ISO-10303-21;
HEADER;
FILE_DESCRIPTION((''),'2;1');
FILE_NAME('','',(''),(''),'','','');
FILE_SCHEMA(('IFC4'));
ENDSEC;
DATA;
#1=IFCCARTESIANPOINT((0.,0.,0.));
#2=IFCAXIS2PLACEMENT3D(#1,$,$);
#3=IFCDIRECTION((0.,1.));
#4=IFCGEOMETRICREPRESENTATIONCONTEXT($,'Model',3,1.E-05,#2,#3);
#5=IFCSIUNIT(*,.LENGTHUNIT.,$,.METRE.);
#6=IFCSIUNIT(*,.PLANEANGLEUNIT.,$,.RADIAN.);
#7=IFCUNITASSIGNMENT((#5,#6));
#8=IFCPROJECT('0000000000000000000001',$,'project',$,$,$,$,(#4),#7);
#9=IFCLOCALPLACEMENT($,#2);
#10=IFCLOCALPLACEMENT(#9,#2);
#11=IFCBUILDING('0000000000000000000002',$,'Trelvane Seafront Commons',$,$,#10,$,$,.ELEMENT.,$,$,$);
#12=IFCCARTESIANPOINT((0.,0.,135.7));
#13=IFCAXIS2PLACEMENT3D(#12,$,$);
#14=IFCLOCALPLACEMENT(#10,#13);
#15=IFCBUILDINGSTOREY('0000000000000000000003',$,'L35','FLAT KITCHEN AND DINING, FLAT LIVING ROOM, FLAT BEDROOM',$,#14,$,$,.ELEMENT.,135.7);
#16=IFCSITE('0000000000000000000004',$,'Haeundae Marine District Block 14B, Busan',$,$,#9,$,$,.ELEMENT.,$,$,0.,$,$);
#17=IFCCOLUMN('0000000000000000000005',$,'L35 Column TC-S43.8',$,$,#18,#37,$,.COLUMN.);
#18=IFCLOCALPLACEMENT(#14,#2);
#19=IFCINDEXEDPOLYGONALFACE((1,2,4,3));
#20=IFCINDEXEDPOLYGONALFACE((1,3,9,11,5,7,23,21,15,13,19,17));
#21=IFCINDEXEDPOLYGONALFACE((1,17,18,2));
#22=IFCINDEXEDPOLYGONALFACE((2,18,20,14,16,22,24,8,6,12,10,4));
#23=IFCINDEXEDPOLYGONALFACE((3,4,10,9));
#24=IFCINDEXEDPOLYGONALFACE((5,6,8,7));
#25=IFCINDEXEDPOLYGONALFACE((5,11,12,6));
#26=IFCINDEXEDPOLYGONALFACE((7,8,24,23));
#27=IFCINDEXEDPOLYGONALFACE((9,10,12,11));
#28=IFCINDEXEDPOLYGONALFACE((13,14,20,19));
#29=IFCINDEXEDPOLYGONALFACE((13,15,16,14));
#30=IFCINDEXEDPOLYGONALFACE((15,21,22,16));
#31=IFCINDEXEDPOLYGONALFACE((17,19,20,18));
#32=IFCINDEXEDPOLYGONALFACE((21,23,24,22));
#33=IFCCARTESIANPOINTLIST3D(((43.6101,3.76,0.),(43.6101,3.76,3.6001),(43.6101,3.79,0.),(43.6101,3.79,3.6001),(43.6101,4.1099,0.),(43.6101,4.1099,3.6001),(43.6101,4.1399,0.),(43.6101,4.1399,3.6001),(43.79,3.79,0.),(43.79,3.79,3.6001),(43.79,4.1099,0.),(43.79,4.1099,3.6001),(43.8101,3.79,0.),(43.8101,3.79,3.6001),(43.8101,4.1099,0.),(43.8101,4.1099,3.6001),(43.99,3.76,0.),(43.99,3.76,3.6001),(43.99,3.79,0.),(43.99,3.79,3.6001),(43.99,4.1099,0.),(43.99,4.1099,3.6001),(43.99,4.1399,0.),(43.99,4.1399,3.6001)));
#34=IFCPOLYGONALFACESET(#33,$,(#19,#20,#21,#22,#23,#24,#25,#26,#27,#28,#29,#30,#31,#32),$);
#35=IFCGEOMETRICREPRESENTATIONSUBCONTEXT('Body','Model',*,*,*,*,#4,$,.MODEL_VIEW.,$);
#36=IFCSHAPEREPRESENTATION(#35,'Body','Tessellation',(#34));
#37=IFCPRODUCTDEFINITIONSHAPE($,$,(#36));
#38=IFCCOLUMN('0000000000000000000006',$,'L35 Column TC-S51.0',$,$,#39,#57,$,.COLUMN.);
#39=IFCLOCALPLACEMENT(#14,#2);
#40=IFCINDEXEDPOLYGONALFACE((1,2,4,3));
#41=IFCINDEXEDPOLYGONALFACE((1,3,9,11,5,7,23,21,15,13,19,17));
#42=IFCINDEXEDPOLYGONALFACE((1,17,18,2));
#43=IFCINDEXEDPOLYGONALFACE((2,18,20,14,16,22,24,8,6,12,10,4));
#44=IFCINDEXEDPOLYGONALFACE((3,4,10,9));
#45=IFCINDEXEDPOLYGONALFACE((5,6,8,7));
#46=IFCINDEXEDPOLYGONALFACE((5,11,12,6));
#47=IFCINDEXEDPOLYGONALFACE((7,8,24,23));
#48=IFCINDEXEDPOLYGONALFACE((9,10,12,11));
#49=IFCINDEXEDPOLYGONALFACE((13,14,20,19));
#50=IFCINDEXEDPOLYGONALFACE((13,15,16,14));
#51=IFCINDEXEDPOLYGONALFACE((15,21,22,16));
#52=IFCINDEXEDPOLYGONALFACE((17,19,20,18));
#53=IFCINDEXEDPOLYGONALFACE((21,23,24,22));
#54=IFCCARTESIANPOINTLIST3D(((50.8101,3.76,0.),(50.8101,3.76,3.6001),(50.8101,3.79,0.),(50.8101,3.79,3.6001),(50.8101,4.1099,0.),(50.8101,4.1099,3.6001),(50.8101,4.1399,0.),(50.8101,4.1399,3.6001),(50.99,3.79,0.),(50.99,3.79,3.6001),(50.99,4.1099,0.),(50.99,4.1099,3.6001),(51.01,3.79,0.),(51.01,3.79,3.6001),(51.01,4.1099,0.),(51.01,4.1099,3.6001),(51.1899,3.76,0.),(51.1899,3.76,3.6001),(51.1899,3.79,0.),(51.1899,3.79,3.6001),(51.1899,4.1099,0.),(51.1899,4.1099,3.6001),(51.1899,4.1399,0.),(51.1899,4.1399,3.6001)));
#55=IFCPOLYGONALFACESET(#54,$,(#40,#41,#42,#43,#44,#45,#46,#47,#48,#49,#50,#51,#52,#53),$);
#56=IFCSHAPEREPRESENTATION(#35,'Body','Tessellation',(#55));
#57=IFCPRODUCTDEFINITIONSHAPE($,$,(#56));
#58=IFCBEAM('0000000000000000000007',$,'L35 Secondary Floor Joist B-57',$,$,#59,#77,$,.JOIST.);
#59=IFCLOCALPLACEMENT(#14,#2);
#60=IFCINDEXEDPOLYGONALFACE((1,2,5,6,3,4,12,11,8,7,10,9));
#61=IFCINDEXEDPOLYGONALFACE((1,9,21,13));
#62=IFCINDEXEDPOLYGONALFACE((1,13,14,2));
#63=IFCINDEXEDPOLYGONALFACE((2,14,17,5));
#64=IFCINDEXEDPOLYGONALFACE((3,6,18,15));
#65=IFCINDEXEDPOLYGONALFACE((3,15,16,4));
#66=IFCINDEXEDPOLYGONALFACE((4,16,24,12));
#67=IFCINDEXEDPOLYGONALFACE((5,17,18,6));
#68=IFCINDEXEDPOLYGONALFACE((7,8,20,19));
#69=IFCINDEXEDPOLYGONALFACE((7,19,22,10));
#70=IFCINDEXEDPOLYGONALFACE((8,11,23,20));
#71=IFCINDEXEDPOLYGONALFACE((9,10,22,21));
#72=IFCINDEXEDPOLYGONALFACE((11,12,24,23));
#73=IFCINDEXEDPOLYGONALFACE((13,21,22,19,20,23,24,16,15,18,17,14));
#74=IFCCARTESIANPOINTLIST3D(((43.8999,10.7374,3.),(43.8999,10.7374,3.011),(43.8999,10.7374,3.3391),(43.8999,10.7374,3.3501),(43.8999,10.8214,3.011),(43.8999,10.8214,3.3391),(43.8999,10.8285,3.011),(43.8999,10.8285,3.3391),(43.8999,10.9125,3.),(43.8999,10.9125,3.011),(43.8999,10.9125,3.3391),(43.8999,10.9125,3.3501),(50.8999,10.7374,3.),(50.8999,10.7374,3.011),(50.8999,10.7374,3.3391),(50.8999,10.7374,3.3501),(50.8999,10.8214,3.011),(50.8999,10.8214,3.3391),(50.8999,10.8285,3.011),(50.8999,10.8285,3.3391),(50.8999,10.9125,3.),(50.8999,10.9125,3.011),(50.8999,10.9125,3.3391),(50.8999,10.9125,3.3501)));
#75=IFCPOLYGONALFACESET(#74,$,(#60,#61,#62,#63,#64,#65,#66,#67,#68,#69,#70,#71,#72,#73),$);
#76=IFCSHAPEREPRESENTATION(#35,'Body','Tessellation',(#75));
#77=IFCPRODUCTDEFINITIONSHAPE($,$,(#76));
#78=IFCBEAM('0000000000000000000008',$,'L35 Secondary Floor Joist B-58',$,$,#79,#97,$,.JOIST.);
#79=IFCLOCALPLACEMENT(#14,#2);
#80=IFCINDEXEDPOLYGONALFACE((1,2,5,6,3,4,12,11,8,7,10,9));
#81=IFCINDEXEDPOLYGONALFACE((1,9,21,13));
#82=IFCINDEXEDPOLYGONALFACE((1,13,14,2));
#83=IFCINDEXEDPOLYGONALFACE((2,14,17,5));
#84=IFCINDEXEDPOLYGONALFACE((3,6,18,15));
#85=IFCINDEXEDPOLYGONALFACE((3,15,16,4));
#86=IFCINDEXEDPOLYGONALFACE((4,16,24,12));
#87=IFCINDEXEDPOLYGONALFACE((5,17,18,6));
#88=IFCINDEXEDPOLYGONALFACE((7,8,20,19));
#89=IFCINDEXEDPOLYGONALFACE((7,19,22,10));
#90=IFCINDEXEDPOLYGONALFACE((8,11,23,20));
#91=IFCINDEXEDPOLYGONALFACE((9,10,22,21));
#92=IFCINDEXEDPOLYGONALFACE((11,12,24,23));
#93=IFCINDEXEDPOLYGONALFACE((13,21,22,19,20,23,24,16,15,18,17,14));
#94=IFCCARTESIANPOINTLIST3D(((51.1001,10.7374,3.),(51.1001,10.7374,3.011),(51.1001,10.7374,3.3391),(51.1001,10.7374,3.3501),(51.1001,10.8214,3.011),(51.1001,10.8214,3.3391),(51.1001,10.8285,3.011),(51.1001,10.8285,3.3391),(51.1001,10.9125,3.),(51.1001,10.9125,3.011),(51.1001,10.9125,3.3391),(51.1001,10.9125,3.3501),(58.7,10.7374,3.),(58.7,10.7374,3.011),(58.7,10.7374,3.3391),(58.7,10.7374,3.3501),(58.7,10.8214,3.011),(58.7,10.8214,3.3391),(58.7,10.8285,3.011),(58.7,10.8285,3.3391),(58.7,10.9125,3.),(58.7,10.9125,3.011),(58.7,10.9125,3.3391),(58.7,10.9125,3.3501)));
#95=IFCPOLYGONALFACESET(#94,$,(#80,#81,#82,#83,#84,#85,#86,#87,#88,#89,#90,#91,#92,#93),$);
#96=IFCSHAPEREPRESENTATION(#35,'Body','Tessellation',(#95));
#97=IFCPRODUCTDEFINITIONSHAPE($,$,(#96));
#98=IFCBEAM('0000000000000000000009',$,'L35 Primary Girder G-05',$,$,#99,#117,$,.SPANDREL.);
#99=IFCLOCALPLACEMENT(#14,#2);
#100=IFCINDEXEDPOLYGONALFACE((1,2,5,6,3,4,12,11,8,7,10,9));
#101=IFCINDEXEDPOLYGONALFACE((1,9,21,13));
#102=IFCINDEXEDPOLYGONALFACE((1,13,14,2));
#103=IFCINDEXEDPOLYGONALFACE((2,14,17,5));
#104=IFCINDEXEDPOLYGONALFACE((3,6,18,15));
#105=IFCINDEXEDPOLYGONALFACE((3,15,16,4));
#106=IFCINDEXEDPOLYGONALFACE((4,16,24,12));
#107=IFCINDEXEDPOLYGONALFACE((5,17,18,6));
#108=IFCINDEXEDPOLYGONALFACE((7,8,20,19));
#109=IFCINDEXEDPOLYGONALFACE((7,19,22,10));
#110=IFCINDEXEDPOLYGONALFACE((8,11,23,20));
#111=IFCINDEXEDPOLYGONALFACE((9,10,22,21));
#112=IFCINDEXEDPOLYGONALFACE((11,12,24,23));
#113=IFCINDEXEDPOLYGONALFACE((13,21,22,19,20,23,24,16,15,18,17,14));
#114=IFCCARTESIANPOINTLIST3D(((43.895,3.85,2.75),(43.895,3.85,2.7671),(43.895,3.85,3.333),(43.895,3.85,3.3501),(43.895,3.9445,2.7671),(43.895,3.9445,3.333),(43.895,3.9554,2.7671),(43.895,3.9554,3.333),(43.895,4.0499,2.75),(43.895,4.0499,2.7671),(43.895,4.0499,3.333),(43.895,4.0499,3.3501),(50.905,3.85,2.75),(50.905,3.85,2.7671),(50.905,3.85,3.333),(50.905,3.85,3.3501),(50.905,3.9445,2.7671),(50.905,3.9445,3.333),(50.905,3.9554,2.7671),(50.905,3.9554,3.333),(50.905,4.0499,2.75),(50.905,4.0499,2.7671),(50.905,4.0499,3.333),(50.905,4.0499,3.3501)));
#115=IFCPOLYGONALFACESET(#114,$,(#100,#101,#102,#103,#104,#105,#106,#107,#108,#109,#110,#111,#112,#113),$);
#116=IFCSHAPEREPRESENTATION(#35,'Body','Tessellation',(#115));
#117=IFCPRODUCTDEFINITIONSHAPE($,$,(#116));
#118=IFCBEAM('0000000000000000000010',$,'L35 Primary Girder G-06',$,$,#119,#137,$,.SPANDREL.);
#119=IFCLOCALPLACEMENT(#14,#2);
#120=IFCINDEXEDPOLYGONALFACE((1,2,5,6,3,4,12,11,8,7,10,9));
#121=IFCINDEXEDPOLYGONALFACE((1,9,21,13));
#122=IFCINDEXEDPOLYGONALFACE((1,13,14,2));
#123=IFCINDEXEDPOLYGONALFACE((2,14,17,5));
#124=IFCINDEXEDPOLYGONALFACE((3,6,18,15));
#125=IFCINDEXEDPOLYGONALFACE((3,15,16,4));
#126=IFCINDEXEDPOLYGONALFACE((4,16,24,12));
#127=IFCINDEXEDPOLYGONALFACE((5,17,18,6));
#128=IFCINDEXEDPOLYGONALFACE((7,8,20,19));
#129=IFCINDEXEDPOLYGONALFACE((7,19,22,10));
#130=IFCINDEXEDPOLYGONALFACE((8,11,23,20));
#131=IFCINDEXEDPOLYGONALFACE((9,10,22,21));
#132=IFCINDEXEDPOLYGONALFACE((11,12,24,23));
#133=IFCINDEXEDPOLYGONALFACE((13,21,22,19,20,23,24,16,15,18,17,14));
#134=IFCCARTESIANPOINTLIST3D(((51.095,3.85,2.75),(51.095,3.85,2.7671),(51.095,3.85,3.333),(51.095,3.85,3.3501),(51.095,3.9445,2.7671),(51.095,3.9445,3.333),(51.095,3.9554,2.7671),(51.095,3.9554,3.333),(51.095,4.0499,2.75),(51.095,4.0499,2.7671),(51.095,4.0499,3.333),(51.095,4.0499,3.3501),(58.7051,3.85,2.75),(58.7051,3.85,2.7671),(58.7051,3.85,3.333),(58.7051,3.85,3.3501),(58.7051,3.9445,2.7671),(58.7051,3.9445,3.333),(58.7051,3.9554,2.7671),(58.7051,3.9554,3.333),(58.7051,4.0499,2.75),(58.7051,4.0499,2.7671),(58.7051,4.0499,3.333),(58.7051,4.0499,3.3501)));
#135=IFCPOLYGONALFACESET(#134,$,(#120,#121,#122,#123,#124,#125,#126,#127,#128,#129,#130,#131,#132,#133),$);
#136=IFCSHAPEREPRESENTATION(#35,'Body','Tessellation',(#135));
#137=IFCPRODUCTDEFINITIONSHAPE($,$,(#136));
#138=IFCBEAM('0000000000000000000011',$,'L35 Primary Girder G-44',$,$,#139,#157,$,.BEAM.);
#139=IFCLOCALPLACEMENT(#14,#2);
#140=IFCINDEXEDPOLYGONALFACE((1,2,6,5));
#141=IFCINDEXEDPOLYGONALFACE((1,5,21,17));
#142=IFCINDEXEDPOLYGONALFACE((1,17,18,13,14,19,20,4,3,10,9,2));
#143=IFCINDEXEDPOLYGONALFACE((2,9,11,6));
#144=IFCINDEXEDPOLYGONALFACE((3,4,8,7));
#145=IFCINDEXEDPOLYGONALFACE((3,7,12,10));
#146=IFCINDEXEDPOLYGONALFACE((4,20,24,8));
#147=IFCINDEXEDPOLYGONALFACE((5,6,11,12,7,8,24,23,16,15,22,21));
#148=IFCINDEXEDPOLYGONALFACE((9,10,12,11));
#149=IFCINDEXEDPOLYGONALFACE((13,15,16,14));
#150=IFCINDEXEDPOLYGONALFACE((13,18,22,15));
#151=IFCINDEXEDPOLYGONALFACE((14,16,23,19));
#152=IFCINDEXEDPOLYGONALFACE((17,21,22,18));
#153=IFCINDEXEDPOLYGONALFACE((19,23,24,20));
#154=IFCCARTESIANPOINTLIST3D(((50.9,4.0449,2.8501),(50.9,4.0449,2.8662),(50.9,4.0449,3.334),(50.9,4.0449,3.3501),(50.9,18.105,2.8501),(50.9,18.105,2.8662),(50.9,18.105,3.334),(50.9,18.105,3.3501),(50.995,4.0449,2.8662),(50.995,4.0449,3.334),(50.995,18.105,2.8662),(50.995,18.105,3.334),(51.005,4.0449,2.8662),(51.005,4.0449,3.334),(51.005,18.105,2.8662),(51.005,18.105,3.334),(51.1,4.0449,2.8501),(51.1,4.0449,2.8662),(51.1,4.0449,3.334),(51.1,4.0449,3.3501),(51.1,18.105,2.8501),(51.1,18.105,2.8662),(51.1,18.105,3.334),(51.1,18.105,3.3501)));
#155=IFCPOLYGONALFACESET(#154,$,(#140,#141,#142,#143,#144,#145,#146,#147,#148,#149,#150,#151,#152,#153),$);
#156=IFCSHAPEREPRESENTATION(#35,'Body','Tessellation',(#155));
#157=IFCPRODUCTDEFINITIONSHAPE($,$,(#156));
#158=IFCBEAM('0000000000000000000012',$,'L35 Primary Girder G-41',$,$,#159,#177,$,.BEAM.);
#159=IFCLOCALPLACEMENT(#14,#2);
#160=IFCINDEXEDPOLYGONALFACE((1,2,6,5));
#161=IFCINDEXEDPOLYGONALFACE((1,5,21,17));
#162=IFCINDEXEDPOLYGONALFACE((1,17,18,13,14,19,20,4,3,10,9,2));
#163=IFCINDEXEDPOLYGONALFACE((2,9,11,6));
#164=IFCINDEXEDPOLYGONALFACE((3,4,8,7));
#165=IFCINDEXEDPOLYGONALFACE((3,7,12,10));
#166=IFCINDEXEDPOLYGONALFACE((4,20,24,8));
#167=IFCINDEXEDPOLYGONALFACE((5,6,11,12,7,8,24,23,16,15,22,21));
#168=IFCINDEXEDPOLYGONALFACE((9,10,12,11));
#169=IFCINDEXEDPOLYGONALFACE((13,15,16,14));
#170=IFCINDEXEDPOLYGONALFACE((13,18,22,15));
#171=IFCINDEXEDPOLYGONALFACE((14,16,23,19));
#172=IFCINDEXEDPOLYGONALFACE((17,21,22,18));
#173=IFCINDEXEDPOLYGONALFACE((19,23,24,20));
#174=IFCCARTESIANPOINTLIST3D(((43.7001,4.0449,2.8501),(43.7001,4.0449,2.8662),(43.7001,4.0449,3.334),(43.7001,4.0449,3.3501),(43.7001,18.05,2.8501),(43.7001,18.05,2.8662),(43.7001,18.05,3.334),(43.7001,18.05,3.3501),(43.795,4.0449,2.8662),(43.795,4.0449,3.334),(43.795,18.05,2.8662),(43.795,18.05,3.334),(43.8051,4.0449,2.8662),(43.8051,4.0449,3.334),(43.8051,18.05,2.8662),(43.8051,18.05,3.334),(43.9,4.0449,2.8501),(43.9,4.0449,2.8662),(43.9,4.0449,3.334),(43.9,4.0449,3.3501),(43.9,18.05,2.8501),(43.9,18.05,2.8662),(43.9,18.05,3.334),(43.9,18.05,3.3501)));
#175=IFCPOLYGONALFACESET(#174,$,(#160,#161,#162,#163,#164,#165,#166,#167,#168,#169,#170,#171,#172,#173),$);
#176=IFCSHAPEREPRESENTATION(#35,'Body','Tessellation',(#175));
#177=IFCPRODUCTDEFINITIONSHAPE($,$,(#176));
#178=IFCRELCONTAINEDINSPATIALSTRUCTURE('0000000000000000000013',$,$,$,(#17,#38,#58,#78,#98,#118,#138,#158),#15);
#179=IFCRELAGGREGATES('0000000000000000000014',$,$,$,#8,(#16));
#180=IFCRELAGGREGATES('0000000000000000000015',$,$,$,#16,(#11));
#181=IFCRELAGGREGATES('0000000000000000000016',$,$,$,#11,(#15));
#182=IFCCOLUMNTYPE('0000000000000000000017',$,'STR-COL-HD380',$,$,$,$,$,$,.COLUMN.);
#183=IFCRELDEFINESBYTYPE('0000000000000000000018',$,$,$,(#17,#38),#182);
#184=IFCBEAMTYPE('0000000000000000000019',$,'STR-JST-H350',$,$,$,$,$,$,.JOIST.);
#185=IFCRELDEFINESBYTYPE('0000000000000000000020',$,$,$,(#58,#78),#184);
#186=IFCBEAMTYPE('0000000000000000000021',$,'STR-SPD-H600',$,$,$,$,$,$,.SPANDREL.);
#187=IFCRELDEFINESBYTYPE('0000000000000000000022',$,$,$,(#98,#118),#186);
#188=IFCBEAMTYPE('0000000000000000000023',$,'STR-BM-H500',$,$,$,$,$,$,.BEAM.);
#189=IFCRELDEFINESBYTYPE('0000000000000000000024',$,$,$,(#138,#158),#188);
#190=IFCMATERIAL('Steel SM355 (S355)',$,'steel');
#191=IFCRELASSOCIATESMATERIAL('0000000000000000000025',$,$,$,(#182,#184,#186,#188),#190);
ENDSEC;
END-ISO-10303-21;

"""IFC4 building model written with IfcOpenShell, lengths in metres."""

from ifc_helpers import new_model, si_unit, direction, frame, origin, origin_2d, place, context, subcontext, project, spatial, i_section, extrude, source, transform, mapped, material, material_profile, profile_set, type_object, element, save


model = new_model("IFC4")

# Units and contexts
model_context = context("Model", 3, precision=1e-05, world=origin(), true_north=direction((0.0, 1.0)))
body_context = subcontext(model_context, "Body", "Model", "MODEL_VIEW")
ifc_project = project(units=[si_unit("LENGTHUNIT", "METRE"), si_unit("PLANEANGLEUNIT", "RADIAN")], contexts=[model_context])

# Site, building, storey
site_placement = place(None, origin())
site = spatial("IfcSite", under=ifc_project, at=site_placement, Name="Haeundae Marine District Block 14B, Busan", CompositionType="ELEMENT", RefElevation=0.0)
building_placement = place(site_placement, origin())
building = spatial("IfcBuilding", under=site, at=building_placement, Name="Trelvane Seafront Commons", CompositionType="ELEMENT")
storey_placement = place(building_placement, frame((0.0, 0.0, 135.7)))
storey = spatial("IfcBuildingStorey", under=building, at=storey_placement, Name="L35", Description="FLAT KITCHEN AND DINING, FLAT LIVING ROOM, FLAT BEDROOM", CompositionType="ELEMENT", Elevation=135.7)

# Columns
ifc_material_1 = material(Name="Steel SM355 (S355)", Category="steel")
ifc_material_profile_1 = material_profile(ifc_material_1, i_section(OverallWidth=0.3799, OverallDepth=0.3799, WebThickness=0.02, FlangeThickness=0.03, at=origin_2d()), Name="HD-380x380x20x30")
ifc_profile_set_1 = profile_set([ifc_material_profile_1], Name="Steel SM355 (S355)")
column_type = type_object("IfcColumnType", Name="STR-COL-HD380", PredefinedType="COLUMN", material=ifc_profile_set_1)
shared_shape_1 = source(origin(), body_context, "Body", "SweptSolid", [
    extrude(i_section(OverallWidth=0.3799, OverallDepth=0.3799, WebThickness=0.02, FlangeThickness=0.03, at=origin_2d()), origin(), (0.0, 0.0, 1.0), 3.6001),
])
for number, where, z_axis, x_axis, name in (
    (1, (43.8, 3.95, 0.0), (0.0, 0.0, 1.0), (1.0, 0.0, 0.0), "L35 Column TC-S43.8"),
    (2, (51.0, 3.95, 0.0), (0.0, 0.0, 1.0), (1.0, 0.0, 0.0), "L35 Column TC-S51.0"),
):
    element("IfcColumn", number, at=place(storey_placement, frame(where, z_axis=z_axis, x_axis=x_axis)), inside=storey, type_object=column_type, Name=name, PredefinedType="COLUMN", context=body_context, shape_type="MappedRepresentation", body=[
        mapped(shared_shape_1, transform((0.0, 0.0, 0.0), x_axis=(1.0, 0.0, 0.0), y_axis=(0.0, 1.0, 0.0), z_axis=(0.0, 0.0, 1.0), scale=1.0)),
    ])

# Beams
ifc_material_profile_2 = material_profile(ifc_material_1, i_section(OverallWidth=0.175, OverallDepth=0.3501, WebThickness=0.0071, FlangeThickness=0.011, at=origin_2d()), Name="H-350x175x7x11")
ifc_profile_set_2 = profile_set([ifc_material_profile_2], Name="Steel SM355 (S355)")
beam_type_1 = type_object("IfcBeamType", Name="STR-JST-H350", PredefinedType="JOIST", material=ifc_profile_set_2)
shared_shape_2 = source(origin(), body_context, "Body", "SweptSolid", [
    extrude(i_section(OverallWidth=0.175, OverallDepth=0.3501, WebThickness=0.0071, FlangeThickness=0.011, at=origin_2d()), origin(), (0.0, 0.0, 1.0), 7.0),
])
beam_1_placement = place(storey_placement, frame((43.8999, 10.825, 3.175), z_axis=(1.0, 0.0, 0.0), x_axis=(0.0, 1.0, 0.0)))
element("IfcBeam", 3, at=beam_1_placement, inside=storey, type_object=beam_type_1, Name="L35 Secondary Floor Joist B-57", PredefinedType="JOIST", context=body_context, shape_type="MappedRepresentation", body=[
    mapped(shared_shape_2, transform((0.0, 0.0, 0.0), x_axis=(1.0, 0.0, 0.0), y_axis=(0.0, 1.0, 0.0), z_axis=(0.0, 0.0, 1.0), scale=1.0)),
])
shared_shape_3 = source(origin(), body_context, "Body", "SweptSolid", [
    extrude(i_section(OverallWidth=0.175, OverallDepth=0.3501, WebThickness=0.0071, FlangeThickness=0.011, at=origin_2d()), origin(), (0.0, 0.0, 1.0), 7.5999),
])
beam_2_placement = place(storey_placement, frame((51.1001, 10.825, 3.175), z_axis=(1.0, 0.0, 0.0), x_axis=(0.0, 1.0, 0.0)))
element("IfcBeam", 4, at=beam_2_placement, inside=storey, type_object=beam_type_1, Name="L35 Secondary Floor Joist B-58", PredefinedType="JOIST", context=body_context, shape_type="MappedRepresentation", body=[
    mapped(shared_shape_3, transform((0.0, 0.0, 0.0), x_axis=(1.0, 0.0, 0.0), y_axis=(0.0, 1.0, 0.0), z_axis=(0.0, 0.0, 1.0), scale=1.0)),
])
ifc_material_profile_3 = material_profile(ifc_material_1, i_section(OverallWidth=0.2, OverallDepth=0.6001, WebThickness=0.011, FlangeThickness=0.0171, at=origin_2d()), Name="H-600x200x11x17")
ifc_profile_set_3 = profile_set([ifc_material_profile_3], Name="Steel SM355 (S355)")
beam_type_2 = type_object("IfcBeamType", Name="STR-SPD-H600", PredefinedType="SPANDREL", material=ifc_profile_set_3)
shared_shape_4 = source(origin(), body_context, "Body", "SweptSolid", [
    extrude(i_section(OverallWidth=0.2, OverallDepth=0.6001, WebThickness=0.011, FlangeThickness=0.0171, at=origin_2d()), origin(), (0.0, 0.0, 1.0), 7.01),
])
beam_3_placement = place(storey_placement, frame((43.895, 3.95, 3.05), z_axis=(1.0, 0.0, 0.0), x_axis=(0.0, 1.0, 0.0)))
element("IfcBeam", 5, at=beam_3_placement, inside=storey, type_object=beam_type_2, Name="L35 Primary Girder G-05", PredefinedType="SPANDREL", context=body_context, shape_type="MappedRepresentation", body=[
    mapped(shared_shape_4, transform((0.0, 0.0, 0.0), x_axis=(1.0, 0.0, 0.0), y_axis=(0.0, 1.0, 0.0), z_axis=(0.0, 0.0, 1.0), scale=1.0)),
])
shared_shape_5 = source(origin(), body_context, "Body", "SweptSolid", [
    extrude(i_section(OverallWidth=0.2, OverallDepth=0.6001, WebThickness=0.011, FlangeThickness=0.0171, at=origin_2d()), origin(), (0.0, 0.0, 1.0), 7.6101),
])
beam_4_placement = place(storey_placement, frame((51.095, 3.95, 3.05), z_axis=(1.0, 0.0, 0.0), x_axis=(0.0, 1.0, 0.0)))
element("IfcBeam", 6, at=beam_4_placement, inside=storey, type_object=beam_type_2, Name="L35 Primary Girder G-06", PredefinedType="SPANDREL", context=body_context, shape_type="MappedRepresentation", body=[
    mapped(shared_shape_5, transform((0.0, 0.0, 0.0), x_axis=(1.0, 0.0, 0.0), y_axis=(0.0, 1.0, 0.0), z_axis=(0.0, 0.0, 1.0), scale=1.0)),
])
ifc_material_profile_4 = material_profile(ifc_material_1, i_section(OverallWidth=0.2, OverallDepth=0.5, WebThickness=0.01, FlangeThickness=0.0161, at=origin_2d()), Name="H-500x200x10x16")
ifc_profile_set_4 = profile_set([ifc_material_profile_4], Name="Steel SM355 (S355)")
beam_type_3 = type_object("IfcBeamType", Name="STR-BM-H500", PredefinedType="BEAM", material=ifc_profile_set_4)
shared_shape_6 = source(origin(), body_context, "Body", "SweptSolid", [
    extrude(i_section(OverallWidth=0.2, OverallDepth=0.5, WebThickness=0.01, FlangeThickness=0.0161, at=origin_2d()), origin(), (0.0, 0.0, 1.0), 14.0601),
])
beam_5_placement = place(storey_placement, frame((51.0, 4.0449, 3.1001), z_axis=(0.0, 1.0, 0.0), x_axis=(-1.0, 0.0, 0.0)))
element("IfcBeam", 7, at=beam_5_placement, inside=storey, type_object=beam_type_3, Name="L35 Primary Girder G-44", PredefinedType="BEAM", context=body_context, shape_type="MappedRepresentation", body=[
    mapped(shared_shape_6, transform((0.0, 0.0, 0.0), x_axis=(1.0, 0.0, 0.0), y_axis=(0.0, 1.0, 0.0), z_axis=(0.0, 0.0, 1.0), scale=1.0)),
])
shared_shape_7 = source(origin(), body_context, "Body", "SweptSolid", [
    extrude(i_section(OverallWidth=0.2, OverallDepth=0.5, WebThickness=0.01, FlangeThickness=0.0161, at=origin_2d()), origin(), (0.0, 0.0, 1.0), 14.0051),
])
beam_6_placement = place(storey_placement, frame((43.8, 4.0449, 3.1001), z_axis=(0.0, 1.0, 0.0), x_axis=(-1.0, 0.0, 0.0)))
element("IfcBeam", 8, at=beam_6_placement, inside=storey, type_object=beam_type_3, Name="L35 Primary Girder G-41", PredefinedType="BEAM", context=body_context, shape_type="MappedRepresentation", body=[
    mapped(shared_shape_7, transform((0.0, 0.0, 0.0), x_axis=(1.0, 0.0, 0.0), y_axis=(0.0, 1.0, 0.0), z_axis=(0.0, 0.0, 1.0), scale=1.0)),
])

save(model, "model.ifc")
